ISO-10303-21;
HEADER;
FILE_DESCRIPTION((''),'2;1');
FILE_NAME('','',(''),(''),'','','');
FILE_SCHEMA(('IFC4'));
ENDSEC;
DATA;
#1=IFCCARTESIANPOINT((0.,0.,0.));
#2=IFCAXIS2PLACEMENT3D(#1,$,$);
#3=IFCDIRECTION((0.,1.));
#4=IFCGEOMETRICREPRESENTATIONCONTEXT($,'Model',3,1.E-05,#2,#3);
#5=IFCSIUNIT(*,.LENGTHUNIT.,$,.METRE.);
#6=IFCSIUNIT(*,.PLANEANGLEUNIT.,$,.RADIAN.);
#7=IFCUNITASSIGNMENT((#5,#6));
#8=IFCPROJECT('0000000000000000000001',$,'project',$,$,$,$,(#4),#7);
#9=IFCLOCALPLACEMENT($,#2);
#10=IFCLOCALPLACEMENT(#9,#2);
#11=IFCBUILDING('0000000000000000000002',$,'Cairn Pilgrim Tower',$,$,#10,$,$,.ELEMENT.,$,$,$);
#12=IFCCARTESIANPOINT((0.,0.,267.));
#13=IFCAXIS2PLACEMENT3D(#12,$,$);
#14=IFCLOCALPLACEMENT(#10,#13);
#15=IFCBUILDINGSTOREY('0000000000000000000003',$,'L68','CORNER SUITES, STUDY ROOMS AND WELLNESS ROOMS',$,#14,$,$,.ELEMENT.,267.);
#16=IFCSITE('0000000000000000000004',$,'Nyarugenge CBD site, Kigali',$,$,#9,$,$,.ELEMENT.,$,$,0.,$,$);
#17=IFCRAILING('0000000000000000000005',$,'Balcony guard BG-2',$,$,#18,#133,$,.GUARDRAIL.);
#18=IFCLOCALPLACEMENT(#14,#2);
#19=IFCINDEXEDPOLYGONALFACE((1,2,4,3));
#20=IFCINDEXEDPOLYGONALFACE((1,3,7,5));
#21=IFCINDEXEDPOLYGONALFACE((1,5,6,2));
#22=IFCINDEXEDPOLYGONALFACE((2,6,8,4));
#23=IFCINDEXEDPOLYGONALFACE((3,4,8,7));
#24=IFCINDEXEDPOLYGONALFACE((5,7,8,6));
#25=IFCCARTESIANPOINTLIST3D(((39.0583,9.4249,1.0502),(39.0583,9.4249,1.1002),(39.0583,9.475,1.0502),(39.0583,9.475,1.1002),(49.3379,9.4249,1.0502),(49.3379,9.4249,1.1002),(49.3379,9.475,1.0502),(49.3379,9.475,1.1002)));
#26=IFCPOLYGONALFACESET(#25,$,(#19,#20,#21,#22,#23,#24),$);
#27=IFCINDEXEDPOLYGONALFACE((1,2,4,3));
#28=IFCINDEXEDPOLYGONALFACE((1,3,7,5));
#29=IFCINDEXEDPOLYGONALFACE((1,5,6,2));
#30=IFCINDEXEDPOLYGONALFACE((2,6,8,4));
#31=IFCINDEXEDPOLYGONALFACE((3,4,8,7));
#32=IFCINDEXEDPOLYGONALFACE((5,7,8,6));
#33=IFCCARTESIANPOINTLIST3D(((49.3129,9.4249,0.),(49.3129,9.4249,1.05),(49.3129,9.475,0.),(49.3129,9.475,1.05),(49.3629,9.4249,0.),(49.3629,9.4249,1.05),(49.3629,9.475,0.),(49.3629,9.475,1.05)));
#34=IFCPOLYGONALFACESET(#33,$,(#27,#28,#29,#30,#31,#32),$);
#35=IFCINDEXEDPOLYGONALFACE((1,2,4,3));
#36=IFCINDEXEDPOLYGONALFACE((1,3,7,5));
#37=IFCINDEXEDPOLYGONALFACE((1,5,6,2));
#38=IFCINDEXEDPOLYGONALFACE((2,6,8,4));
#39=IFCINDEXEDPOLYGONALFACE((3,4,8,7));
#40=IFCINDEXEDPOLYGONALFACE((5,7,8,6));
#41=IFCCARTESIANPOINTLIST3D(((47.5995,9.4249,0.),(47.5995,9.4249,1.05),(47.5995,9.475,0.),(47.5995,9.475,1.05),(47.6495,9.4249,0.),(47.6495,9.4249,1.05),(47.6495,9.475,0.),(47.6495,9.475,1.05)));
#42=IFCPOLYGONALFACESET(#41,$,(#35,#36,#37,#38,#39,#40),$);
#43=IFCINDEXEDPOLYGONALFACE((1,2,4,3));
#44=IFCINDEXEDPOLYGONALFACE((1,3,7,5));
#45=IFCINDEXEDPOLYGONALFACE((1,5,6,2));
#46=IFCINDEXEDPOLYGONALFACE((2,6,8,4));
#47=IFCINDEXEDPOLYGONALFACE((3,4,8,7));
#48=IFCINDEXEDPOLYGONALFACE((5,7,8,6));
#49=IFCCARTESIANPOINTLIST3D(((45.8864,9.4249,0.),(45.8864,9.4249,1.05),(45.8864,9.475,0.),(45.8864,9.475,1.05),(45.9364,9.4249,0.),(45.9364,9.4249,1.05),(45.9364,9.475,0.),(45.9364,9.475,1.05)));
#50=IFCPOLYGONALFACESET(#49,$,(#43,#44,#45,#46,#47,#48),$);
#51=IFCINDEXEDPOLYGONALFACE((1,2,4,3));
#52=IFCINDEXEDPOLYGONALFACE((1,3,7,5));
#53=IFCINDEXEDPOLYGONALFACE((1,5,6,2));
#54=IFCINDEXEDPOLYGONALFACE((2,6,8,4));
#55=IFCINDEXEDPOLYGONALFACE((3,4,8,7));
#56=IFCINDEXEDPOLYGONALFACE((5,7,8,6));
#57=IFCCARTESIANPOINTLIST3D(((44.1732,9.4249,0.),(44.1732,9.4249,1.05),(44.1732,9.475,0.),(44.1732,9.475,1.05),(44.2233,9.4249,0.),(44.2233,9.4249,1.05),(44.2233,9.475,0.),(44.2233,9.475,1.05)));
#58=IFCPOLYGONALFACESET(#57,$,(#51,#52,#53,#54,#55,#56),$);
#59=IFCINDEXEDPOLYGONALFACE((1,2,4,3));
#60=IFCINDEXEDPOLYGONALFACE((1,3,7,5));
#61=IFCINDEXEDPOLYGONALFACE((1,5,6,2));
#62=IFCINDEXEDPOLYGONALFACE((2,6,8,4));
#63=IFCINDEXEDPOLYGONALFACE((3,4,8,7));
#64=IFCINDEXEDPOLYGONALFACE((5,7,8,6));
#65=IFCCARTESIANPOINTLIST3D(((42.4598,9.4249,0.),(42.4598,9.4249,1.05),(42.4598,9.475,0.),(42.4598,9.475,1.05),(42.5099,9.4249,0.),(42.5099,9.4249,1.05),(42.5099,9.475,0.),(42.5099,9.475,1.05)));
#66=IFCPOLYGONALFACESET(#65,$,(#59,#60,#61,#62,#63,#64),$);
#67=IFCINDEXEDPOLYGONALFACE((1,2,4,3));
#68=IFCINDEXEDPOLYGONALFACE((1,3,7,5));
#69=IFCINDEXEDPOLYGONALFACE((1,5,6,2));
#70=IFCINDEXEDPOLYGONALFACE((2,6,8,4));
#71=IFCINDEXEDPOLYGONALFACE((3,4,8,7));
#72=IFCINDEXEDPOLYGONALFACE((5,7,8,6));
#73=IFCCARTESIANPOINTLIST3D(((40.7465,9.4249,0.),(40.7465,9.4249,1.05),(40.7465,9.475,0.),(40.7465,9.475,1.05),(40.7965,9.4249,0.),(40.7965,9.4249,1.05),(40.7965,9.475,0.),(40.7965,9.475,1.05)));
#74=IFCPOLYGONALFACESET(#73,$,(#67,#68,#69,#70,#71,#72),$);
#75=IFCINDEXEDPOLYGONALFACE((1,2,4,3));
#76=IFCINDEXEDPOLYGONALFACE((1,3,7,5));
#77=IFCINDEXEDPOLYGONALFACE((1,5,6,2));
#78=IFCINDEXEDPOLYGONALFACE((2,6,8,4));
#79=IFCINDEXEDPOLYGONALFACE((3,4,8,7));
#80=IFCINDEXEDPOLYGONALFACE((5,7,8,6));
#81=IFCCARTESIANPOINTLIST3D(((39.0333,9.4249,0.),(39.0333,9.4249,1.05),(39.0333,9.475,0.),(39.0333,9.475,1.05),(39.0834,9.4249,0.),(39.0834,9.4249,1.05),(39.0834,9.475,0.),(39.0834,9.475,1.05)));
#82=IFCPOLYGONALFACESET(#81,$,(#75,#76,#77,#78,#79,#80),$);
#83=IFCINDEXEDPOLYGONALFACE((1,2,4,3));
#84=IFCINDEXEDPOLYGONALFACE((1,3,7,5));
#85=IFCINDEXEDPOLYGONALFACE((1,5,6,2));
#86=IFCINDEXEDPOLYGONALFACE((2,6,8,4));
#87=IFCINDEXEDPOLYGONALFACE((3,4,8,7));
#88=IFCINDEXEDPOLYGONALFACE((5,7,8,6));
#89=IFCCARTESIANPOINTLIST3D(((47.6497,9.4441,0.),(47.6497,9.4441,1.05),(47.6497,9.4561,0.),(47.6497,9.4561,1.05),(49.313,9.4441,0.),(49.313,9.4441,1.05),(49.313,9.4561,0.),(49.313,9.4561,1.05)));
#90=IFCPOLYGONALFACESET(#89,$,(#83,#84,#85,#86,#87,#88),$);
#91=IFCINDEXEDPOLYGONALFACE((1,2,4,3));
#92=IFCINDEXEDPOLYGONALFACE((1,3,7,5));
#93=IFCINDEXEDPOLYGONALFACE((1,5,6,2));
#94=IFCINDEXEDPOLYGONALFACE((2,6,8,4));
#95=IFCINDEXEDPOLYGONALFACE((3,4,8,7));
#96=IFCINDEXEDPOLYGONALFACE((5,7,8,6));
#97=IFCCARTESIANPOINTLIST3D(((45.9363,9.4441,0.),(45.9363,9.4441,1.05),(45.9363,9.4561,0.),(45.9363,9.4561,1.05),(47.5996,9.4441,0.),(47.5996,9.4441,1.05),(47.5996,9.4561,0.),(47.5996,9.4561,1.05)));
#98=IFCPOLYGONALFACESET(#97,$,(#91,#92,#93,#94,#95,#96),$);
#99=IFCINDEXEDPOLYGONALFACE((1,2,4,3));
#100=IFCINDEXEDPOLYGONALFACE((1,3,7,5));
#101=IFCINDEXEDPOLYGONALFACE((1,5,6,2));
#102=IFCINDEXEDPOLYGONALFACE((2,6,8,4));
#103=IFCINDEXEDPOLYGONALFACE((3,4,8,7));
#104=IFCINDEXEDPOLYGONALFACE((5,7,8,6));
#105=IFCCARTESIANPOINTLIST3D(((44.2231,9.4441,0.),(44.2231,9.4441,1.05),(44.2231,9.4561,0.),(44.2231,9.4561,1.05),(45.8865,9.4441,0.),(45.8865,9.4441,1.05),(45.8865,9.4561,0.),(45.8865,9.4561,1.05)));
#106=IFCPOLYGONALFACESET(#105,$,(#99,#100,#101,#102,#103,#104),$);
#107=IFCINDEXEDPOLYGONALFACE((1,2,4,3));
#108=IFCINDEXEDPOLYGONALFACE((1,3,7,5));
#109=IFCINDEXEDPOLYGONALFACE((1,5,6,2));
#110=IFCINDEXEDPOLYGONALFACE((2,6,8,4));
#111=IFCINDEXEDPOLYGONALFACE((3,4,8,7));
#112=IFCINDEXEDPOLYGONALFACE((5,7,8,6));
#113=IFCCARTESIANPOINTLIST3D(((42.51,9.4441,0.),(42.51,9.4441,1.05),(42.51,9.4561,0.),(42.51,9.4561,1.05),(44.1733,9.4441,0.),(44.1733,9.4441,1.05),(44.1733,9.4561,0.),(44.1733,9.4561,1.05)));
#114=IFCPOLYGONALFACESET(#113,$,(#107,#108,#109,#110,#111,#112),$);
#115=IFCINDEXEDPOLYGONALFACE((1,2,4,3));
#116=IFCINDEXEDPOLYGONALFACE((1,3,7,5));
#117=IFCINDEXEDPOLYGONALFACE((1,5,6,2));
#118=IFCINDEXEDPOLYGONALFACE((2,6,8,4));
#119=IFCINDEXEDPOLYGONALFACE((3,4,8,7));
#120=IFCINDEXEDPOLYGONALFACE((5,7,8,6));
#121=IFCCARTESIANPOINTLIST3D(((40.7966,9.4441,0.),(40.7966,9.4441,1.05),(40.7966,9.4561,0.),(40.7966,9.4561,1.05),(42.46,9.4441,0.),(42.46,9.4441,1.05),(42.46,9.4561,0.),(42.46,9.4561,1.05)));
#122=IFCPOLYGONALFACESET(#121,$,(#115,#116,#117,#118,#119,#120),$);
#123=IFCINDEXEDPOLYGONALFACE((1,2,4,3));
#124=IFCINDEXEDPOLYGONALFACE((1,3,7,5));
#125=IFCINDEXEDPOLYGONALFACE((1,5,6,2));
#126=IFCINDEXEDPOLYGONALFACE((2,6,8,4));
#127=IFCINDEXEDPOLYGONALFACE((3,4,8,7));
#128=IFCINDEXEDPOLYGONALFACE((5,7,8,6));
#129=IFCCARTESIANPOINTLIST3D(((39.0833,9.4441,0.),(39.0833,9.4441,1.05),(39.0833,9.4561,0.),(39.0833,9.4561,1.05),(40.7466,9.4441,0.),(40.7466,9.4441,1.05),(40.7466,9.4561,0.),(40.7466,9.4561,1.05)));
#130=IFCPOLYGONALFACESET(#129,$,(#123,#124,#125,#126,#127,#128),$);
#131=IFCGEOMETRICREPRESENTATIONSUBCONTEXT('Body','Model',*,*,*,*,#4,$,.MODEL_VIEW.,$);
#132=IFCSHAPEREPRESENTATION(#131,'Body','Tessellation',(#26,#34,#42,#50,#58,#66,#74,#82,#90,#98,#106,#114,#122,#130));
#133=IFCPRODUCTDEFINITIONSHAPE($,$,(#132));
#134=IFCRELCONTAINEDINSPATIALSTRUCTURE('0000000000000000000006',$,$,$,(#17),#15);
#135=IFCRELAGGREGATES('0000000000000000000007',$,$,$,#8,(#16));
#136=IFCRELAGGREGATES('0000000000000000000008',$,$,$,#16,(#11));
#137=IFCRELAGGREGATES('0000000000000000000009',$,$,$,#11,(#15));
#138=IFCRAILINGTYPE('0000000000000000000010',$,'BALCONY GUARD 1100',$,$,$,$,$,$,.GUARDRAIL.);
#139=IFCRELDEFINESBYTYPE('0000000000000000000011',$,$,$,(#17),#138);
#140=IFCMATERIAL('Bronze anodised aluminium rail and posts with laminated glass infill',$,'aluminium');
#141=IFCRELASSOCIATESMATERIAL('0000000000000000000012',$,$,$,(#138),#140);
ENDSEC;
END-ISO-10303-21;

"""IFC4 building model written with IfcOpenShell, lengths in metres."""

from ifc_helpers import new_model, si_unit, direction, frame, origin, origin_2d, place, context, subcontext, project, spatial, polyline, rectangle, outline, extrude, material, type_object, element, save


model = new_model("IFC4")

# Units and contexts
model_context = context("Model", 3, precision=1e-05, world=origin(), true_north=direction((0.0, 1.0)))
body_context = subcontext(model_context, "Body", "Model", "MODEL_VIEW")
ifc_project = project(units=[si_unit("LENGTHUNIT", "METRE"), si_unit("PLANEANGLEUNIT", "RADIAN")], contexts=[model_context])

# Site, building, storey
site_placement = place(None, origin())
site = spatial("IfcSite", under=ifc_project, at=site_placement, Name="Nyarugenge CBD site, Kigali", CompositionType="ELEMENT", RefElevation=0.0)
building_placement = place(site_placement, origin())
building = spatial("IfcBuilding", under=site, at=building_placement, Name="Cairn Pilgrim Tower", CompositionType="ELEMENT")
storey_placement = place(building_placement, frame((0.0, 0.0, 267.0)))
storey = spatial("IfcBuildingStorey", under=building, at=storey_placement, Name="L68", Description="CORNER SUITES, STUDY ROOMS AND WELLNESS ROOMS", CompositionType="ELEMENT", Elevation=267.0)

# Railing
ifc_material_1 = material(Name="Bronze anodised aluminium rail and posts with laminated glass infill", Category="aluminium")
railing_type = type_object("IfcRailingType", Name="BALCONY GUARD 1100", PredefinedType="GUARDRAIL", material=ifc_material_1)
railing_1_placement = place(storey_placement, frame((49.3379, 9.45, 0.0)))
element("IfcRailing", 1, at=railing_1_placement, inside=storey, type_object=railing_type, Name="Balcony guard BG-2", PredefinedType="GUARDRAIL", context=body_context, shape_type="SweptSolid", body=[
    extrude(rectangle(XDim=0.05, YDim=0.05, at=origin_2d()), frame((0.0, 0.0, 1.0752), z_axis=(-1.0, 0.0, 0.0), x_axis=(0.0, -1.0, 0.0)), (0.0, 0.0, 1.0), 10.2795),
    extrude(rectangle(XDim=0.05, YDim=0.05, at=origin_2d()), origin(), (0.0, 0.0, 1.0), 1.05),
    extrude(rectangle(XDim=0.05, YDim=0.05, at=origin_2d()), frame((-1.7134, 0.0, 0.0)), (0.0, 0.0, 1.0), 1.05),
    extrude(rectangle(XDim=0.05, YDim=0.05, at=origin_2d()), frame((-3.4265, 0.0, 0.0)), (0.0, 0.0, 1.0), 1.05),
    extrude(rectangle(XDim=0.05, YDim=0.05, at=origin_2d()), frame((-5.1396, 0.0, 0.0)), (0.0, 0.0, 1.0), 1.05),
    extrude(rectangle(XDim=0.05, YDim=0.05, at=origin_2d()), frame((-6.853, 0.0, 0.0)), (0.0, 0.0, 1.0), 1.05),
    extrude(rectangle(XDim=0.05, YDim=0.05, at=origin_2d()), frame((-8.5664, 0.0, 0.0)), (0.0, 0.0, 1.0), 1.05),
    extrude(rectangle(XDim=0.05, YDim=0.05, at=origin_2d()), frame((-10.2795, 0.0, 0.0)), (0.0, 0.0, 1.0), 1.05),
    extrude(outline(polyline([(0.0249, 0.0), (1.6882, 0.0), (1.6882, 1.05), (0.0249, 1.05), (0.0249, 0.0)])), frame((0.0, -0.0059, 0.0), z_axis=(0.0, 1.0, 0.0), x_axis=(-1.0, 0.0, 0.0)), (0.0, 0.0, 1.0), 0.012),
    extrude(outline(polyline([(0.0249, 0.0), (1.6882, 0.0), (1.6882, 1.05), (0.0249, 1.05), (0.0249, 0.0)])), frame((-1.7134, -0.0059, 0.0), z_axis=(0.0, 1.0, 0.0), x_axis=(-1.0, 0.0, 0.0)), (0.0, 0.0, 1.0), 0.012),
    extrude(outline(polyline([(0.0249, 0.0), (1.6882, 0.0), (1.6882, 1.05), (0.0249, 1.05), (0.0249, 0.0)])), frame((-3.4265, -0.0059, 0.0), z_axis=(0.0, 1.0, 0.0), x_axis=(-1.0, 0.0, 0.0)), (0.0, 0.0, 1.0), 0.012),
    extrude(outline(polyline([(0.0249, 0.0), (1.6882, 0.0), (1.6882, 1.05), (0.0249, 1.05), (0.0249, 0.0)])), frame((-5.1396, -0.0059, 0.0), z_axis=(0.0, 1.0, 0.0), x_axis=(-1.0, 0.0, 0.0)), (0.0, 0.0, 1.0), 0.012),
    extrude(outline(polyline([(0.0249, 0.0), (1.6882, 0.0), (1.6882, 1.05), (0.0249, 1.05), (0.0249, 0.0)])), frame((-6.853, -0.0059, 0.0), z_axis=(0.0, 1.0, 0.0), x_axis=(-1.0, 0.0, 0.0)), (0.0, 0.0, 1.0), 0.012),
    extrude(outline(polyline([(0.0249, 0.0), (1.6882, 0.0), (1.6882, 1.05), (0.0249, 1.05), (0.0249, 0.0)])), frame((-8.5664, -0.0059, 0.0), z_axis=(0.0, 1.0, 0.0), x_axis=(-1.0, 0.0, 0.0)), (0.0, 0.0, 1.0), 0.012),
])

save(model, "model.ifc")
